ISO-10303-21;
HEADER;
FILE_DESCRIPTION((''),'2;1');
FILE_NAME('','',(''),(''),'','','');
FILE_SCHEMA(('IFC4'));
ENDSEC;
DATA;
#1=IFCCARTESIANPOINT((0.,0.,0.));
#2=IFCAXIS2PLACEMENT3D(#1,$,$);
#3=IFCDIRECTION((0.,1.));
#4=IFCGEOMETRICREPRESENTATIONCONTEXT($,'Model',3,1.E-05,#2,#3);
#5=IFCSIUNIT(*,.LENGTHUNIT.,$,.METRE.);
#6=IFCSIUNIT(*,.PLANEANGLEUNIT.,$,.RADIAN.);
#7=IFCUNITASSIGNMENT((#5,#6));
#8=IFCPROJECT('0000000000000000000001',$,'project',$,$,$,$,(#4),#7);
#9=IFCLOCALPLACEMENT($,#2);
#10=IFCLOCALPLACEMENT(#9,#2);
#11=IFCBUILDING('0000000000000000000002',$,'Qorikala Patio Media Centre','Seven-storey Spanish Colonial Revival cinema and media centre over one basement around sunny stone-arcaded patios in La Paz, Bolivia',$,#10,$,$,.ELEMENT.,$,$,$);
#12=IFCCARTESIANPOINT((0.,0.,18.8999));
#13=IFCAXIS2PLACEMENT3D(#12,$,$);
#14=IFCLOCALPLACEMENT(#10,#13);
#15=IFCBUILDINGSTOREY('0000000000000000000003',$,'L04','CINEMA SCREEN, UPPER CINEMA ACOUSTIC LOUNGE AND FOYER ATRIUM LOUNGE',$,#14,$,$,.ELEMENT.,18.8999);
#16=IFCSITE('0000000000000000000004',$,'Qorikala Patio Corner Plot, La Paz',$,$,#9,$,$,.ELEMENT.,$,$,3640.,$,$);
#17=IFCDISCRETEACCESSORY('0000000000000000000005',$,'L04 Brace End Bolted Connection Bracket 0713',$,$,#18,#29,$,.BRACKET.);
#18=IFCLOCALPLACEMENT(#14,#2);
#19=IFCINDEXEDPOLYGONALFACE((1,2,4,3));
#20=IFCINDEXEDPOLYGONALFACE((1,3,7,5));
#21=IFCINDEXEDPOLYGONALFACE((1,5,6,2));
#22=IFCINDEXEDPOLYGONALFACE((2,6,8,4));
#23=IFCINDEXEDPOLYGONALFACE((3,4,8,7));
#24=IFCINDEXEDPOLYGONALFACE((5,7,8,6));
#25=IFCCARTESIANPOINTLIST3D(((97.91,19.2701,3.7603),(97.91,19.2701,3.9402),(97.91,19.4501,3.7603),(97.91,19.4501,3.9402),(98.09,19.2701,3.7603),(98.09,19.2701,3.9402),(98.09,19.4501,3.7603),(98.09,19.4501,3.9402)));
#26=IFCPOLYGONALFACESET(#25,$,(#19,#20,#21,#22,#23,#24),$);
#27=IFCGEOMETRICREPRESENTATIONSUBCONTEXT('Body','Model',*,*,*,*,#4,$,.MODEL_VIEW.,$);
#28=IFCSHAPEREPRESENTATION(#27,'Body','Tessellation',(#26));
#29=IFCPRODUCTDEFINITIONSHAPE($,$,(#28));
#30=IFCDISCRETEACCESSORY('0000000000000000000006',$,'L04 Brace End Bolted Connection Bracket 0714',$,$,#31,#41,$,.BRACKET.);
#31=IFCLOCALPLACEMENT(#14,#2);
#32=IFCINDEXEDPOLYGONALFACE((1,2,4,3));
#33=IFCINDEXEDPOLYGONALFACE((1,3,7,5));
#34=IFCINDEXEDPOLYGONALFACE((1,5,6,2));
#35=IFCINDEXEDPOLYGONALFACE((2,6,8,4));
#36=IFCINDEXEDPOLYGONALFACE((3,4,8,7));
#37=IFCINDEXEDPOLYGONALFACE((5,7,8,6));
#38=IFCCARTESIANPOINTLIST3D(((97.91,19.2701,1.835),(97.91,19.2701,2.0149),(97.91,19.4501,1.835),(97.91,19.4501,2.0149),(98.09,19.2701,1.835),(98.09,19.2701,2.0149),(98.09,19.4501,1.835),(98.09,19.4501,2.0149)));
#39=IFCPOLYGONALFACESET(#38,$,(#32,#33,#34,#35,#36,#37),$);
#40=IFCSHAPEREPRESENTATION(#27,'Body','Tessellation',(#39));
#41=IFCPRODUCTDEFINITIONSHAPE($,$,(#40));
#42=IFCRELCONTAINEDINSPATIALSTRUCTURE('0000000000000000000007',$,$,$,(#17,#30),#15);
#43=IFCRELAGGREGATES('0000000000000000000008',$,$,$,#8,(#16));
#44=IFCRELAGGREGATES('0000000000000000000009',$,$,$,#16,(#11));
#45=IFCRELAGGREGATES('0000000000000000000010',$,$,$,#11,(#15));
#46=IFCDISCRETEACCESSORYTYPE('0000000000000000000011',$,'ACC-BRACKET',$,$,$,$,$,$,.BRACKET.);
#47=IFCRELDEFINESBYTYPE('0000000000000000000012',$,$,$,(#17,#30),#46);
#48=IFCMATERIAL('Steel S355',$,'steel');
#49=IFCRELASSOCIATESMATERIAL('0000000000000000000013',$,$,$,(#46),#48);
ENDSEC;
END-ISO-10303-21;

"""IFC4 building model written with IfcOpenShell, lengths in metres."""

from ifc_helpers import new_model, si_unit, direction, frame, origin, origin_2d, place, context, subcontext, project, spatial, rectangle, extrude, material, type_object, element, save


model = new_model("IFC4")

# Units and contexts
model_context = context("Model", 3, precision=1e-05, world=origin(), true_north=direction((0.0, 1.0)))
body_context = subcontext(model_context, "Body", "Model", "MODEL_VIEW")
ifc_project = project(units=[si_unit("LENGTHUNIT", "METRE"), si_unit("PLANEANGLEUNIT", "RADIAN")], contexts=[model_context])

# Site, building, storey
site_placement = place(None, origin())
site = spatial("IfcSite", under=ifc_project, at=site_placement, Name="Qorikala Patio Corner Plot, La Paz", CompositionType="ELEMENT", RefElevation=3640.0)
building_placement = place(site_placement, origin())
building = spatial("IfcBuilding", under=site, at=building_placement, Name="Qorikala Patio Media Centre", Description="Seven-storey Spanish Colonial Revival cinema and media centre over one basement around sunny stone-arcaded patios in La Paz, Bolivia", CompositionType="ELEMENT")
storey_placement = place(building_placement, frame((0.0, 0.0, 18.8999)))
storey = spatial("IfcBuildingStorey", under=building, at=storey_placement, Name="L04", Description="CINEMA SCREEN, UPPER CINEMA ACOUSTIC LOUNGE AND FOYER ATRIUM LOUNGE", CompositionType="ELEMENT", Elevation=18.8999)

# Discrete accessories
ifc_material_1 = material(Name="Steel S355", Category="steel")
discrete_accessory_type = type_object("IfcDiscreteAccessoryType", Name="ACC-BRACKET", PredefinedType="BRACKET", material=ifc_material_1)
for number, where, z_axis, x_axis, name in (
    (1, (98.0, 19.3601, 3.7603), (0.0, 0.0, 1.0), (1.0, 0.0, 0.0), "L04 Brace End Bolted Connection Bracket 0713"),
    (2, (98.0, 19.3601, 1.835), (0.0, 0.0, 1.0), (1.0, 0.0, 0.0), "L04 Brace End Bolted Connection Bracket 0714"),
):
    element("IfcDiscreteAccessory", number, at=place(storey_placement, frame(where, z_axis=z_axis, x_axis=x_axis)), inside=storey, type_object=discrete_accessory_type, Name=name, PredefinedType="BRACKET", context=body_context, shape_type="SweptSolid", body=[
        extrude(rectangle(XDim=0.1799, YDim=0.1799, at=origin_2d()), origin(), (0.0, 0.0, 1.0), 0.1799),
    ])

save(model, "model.ifc")
